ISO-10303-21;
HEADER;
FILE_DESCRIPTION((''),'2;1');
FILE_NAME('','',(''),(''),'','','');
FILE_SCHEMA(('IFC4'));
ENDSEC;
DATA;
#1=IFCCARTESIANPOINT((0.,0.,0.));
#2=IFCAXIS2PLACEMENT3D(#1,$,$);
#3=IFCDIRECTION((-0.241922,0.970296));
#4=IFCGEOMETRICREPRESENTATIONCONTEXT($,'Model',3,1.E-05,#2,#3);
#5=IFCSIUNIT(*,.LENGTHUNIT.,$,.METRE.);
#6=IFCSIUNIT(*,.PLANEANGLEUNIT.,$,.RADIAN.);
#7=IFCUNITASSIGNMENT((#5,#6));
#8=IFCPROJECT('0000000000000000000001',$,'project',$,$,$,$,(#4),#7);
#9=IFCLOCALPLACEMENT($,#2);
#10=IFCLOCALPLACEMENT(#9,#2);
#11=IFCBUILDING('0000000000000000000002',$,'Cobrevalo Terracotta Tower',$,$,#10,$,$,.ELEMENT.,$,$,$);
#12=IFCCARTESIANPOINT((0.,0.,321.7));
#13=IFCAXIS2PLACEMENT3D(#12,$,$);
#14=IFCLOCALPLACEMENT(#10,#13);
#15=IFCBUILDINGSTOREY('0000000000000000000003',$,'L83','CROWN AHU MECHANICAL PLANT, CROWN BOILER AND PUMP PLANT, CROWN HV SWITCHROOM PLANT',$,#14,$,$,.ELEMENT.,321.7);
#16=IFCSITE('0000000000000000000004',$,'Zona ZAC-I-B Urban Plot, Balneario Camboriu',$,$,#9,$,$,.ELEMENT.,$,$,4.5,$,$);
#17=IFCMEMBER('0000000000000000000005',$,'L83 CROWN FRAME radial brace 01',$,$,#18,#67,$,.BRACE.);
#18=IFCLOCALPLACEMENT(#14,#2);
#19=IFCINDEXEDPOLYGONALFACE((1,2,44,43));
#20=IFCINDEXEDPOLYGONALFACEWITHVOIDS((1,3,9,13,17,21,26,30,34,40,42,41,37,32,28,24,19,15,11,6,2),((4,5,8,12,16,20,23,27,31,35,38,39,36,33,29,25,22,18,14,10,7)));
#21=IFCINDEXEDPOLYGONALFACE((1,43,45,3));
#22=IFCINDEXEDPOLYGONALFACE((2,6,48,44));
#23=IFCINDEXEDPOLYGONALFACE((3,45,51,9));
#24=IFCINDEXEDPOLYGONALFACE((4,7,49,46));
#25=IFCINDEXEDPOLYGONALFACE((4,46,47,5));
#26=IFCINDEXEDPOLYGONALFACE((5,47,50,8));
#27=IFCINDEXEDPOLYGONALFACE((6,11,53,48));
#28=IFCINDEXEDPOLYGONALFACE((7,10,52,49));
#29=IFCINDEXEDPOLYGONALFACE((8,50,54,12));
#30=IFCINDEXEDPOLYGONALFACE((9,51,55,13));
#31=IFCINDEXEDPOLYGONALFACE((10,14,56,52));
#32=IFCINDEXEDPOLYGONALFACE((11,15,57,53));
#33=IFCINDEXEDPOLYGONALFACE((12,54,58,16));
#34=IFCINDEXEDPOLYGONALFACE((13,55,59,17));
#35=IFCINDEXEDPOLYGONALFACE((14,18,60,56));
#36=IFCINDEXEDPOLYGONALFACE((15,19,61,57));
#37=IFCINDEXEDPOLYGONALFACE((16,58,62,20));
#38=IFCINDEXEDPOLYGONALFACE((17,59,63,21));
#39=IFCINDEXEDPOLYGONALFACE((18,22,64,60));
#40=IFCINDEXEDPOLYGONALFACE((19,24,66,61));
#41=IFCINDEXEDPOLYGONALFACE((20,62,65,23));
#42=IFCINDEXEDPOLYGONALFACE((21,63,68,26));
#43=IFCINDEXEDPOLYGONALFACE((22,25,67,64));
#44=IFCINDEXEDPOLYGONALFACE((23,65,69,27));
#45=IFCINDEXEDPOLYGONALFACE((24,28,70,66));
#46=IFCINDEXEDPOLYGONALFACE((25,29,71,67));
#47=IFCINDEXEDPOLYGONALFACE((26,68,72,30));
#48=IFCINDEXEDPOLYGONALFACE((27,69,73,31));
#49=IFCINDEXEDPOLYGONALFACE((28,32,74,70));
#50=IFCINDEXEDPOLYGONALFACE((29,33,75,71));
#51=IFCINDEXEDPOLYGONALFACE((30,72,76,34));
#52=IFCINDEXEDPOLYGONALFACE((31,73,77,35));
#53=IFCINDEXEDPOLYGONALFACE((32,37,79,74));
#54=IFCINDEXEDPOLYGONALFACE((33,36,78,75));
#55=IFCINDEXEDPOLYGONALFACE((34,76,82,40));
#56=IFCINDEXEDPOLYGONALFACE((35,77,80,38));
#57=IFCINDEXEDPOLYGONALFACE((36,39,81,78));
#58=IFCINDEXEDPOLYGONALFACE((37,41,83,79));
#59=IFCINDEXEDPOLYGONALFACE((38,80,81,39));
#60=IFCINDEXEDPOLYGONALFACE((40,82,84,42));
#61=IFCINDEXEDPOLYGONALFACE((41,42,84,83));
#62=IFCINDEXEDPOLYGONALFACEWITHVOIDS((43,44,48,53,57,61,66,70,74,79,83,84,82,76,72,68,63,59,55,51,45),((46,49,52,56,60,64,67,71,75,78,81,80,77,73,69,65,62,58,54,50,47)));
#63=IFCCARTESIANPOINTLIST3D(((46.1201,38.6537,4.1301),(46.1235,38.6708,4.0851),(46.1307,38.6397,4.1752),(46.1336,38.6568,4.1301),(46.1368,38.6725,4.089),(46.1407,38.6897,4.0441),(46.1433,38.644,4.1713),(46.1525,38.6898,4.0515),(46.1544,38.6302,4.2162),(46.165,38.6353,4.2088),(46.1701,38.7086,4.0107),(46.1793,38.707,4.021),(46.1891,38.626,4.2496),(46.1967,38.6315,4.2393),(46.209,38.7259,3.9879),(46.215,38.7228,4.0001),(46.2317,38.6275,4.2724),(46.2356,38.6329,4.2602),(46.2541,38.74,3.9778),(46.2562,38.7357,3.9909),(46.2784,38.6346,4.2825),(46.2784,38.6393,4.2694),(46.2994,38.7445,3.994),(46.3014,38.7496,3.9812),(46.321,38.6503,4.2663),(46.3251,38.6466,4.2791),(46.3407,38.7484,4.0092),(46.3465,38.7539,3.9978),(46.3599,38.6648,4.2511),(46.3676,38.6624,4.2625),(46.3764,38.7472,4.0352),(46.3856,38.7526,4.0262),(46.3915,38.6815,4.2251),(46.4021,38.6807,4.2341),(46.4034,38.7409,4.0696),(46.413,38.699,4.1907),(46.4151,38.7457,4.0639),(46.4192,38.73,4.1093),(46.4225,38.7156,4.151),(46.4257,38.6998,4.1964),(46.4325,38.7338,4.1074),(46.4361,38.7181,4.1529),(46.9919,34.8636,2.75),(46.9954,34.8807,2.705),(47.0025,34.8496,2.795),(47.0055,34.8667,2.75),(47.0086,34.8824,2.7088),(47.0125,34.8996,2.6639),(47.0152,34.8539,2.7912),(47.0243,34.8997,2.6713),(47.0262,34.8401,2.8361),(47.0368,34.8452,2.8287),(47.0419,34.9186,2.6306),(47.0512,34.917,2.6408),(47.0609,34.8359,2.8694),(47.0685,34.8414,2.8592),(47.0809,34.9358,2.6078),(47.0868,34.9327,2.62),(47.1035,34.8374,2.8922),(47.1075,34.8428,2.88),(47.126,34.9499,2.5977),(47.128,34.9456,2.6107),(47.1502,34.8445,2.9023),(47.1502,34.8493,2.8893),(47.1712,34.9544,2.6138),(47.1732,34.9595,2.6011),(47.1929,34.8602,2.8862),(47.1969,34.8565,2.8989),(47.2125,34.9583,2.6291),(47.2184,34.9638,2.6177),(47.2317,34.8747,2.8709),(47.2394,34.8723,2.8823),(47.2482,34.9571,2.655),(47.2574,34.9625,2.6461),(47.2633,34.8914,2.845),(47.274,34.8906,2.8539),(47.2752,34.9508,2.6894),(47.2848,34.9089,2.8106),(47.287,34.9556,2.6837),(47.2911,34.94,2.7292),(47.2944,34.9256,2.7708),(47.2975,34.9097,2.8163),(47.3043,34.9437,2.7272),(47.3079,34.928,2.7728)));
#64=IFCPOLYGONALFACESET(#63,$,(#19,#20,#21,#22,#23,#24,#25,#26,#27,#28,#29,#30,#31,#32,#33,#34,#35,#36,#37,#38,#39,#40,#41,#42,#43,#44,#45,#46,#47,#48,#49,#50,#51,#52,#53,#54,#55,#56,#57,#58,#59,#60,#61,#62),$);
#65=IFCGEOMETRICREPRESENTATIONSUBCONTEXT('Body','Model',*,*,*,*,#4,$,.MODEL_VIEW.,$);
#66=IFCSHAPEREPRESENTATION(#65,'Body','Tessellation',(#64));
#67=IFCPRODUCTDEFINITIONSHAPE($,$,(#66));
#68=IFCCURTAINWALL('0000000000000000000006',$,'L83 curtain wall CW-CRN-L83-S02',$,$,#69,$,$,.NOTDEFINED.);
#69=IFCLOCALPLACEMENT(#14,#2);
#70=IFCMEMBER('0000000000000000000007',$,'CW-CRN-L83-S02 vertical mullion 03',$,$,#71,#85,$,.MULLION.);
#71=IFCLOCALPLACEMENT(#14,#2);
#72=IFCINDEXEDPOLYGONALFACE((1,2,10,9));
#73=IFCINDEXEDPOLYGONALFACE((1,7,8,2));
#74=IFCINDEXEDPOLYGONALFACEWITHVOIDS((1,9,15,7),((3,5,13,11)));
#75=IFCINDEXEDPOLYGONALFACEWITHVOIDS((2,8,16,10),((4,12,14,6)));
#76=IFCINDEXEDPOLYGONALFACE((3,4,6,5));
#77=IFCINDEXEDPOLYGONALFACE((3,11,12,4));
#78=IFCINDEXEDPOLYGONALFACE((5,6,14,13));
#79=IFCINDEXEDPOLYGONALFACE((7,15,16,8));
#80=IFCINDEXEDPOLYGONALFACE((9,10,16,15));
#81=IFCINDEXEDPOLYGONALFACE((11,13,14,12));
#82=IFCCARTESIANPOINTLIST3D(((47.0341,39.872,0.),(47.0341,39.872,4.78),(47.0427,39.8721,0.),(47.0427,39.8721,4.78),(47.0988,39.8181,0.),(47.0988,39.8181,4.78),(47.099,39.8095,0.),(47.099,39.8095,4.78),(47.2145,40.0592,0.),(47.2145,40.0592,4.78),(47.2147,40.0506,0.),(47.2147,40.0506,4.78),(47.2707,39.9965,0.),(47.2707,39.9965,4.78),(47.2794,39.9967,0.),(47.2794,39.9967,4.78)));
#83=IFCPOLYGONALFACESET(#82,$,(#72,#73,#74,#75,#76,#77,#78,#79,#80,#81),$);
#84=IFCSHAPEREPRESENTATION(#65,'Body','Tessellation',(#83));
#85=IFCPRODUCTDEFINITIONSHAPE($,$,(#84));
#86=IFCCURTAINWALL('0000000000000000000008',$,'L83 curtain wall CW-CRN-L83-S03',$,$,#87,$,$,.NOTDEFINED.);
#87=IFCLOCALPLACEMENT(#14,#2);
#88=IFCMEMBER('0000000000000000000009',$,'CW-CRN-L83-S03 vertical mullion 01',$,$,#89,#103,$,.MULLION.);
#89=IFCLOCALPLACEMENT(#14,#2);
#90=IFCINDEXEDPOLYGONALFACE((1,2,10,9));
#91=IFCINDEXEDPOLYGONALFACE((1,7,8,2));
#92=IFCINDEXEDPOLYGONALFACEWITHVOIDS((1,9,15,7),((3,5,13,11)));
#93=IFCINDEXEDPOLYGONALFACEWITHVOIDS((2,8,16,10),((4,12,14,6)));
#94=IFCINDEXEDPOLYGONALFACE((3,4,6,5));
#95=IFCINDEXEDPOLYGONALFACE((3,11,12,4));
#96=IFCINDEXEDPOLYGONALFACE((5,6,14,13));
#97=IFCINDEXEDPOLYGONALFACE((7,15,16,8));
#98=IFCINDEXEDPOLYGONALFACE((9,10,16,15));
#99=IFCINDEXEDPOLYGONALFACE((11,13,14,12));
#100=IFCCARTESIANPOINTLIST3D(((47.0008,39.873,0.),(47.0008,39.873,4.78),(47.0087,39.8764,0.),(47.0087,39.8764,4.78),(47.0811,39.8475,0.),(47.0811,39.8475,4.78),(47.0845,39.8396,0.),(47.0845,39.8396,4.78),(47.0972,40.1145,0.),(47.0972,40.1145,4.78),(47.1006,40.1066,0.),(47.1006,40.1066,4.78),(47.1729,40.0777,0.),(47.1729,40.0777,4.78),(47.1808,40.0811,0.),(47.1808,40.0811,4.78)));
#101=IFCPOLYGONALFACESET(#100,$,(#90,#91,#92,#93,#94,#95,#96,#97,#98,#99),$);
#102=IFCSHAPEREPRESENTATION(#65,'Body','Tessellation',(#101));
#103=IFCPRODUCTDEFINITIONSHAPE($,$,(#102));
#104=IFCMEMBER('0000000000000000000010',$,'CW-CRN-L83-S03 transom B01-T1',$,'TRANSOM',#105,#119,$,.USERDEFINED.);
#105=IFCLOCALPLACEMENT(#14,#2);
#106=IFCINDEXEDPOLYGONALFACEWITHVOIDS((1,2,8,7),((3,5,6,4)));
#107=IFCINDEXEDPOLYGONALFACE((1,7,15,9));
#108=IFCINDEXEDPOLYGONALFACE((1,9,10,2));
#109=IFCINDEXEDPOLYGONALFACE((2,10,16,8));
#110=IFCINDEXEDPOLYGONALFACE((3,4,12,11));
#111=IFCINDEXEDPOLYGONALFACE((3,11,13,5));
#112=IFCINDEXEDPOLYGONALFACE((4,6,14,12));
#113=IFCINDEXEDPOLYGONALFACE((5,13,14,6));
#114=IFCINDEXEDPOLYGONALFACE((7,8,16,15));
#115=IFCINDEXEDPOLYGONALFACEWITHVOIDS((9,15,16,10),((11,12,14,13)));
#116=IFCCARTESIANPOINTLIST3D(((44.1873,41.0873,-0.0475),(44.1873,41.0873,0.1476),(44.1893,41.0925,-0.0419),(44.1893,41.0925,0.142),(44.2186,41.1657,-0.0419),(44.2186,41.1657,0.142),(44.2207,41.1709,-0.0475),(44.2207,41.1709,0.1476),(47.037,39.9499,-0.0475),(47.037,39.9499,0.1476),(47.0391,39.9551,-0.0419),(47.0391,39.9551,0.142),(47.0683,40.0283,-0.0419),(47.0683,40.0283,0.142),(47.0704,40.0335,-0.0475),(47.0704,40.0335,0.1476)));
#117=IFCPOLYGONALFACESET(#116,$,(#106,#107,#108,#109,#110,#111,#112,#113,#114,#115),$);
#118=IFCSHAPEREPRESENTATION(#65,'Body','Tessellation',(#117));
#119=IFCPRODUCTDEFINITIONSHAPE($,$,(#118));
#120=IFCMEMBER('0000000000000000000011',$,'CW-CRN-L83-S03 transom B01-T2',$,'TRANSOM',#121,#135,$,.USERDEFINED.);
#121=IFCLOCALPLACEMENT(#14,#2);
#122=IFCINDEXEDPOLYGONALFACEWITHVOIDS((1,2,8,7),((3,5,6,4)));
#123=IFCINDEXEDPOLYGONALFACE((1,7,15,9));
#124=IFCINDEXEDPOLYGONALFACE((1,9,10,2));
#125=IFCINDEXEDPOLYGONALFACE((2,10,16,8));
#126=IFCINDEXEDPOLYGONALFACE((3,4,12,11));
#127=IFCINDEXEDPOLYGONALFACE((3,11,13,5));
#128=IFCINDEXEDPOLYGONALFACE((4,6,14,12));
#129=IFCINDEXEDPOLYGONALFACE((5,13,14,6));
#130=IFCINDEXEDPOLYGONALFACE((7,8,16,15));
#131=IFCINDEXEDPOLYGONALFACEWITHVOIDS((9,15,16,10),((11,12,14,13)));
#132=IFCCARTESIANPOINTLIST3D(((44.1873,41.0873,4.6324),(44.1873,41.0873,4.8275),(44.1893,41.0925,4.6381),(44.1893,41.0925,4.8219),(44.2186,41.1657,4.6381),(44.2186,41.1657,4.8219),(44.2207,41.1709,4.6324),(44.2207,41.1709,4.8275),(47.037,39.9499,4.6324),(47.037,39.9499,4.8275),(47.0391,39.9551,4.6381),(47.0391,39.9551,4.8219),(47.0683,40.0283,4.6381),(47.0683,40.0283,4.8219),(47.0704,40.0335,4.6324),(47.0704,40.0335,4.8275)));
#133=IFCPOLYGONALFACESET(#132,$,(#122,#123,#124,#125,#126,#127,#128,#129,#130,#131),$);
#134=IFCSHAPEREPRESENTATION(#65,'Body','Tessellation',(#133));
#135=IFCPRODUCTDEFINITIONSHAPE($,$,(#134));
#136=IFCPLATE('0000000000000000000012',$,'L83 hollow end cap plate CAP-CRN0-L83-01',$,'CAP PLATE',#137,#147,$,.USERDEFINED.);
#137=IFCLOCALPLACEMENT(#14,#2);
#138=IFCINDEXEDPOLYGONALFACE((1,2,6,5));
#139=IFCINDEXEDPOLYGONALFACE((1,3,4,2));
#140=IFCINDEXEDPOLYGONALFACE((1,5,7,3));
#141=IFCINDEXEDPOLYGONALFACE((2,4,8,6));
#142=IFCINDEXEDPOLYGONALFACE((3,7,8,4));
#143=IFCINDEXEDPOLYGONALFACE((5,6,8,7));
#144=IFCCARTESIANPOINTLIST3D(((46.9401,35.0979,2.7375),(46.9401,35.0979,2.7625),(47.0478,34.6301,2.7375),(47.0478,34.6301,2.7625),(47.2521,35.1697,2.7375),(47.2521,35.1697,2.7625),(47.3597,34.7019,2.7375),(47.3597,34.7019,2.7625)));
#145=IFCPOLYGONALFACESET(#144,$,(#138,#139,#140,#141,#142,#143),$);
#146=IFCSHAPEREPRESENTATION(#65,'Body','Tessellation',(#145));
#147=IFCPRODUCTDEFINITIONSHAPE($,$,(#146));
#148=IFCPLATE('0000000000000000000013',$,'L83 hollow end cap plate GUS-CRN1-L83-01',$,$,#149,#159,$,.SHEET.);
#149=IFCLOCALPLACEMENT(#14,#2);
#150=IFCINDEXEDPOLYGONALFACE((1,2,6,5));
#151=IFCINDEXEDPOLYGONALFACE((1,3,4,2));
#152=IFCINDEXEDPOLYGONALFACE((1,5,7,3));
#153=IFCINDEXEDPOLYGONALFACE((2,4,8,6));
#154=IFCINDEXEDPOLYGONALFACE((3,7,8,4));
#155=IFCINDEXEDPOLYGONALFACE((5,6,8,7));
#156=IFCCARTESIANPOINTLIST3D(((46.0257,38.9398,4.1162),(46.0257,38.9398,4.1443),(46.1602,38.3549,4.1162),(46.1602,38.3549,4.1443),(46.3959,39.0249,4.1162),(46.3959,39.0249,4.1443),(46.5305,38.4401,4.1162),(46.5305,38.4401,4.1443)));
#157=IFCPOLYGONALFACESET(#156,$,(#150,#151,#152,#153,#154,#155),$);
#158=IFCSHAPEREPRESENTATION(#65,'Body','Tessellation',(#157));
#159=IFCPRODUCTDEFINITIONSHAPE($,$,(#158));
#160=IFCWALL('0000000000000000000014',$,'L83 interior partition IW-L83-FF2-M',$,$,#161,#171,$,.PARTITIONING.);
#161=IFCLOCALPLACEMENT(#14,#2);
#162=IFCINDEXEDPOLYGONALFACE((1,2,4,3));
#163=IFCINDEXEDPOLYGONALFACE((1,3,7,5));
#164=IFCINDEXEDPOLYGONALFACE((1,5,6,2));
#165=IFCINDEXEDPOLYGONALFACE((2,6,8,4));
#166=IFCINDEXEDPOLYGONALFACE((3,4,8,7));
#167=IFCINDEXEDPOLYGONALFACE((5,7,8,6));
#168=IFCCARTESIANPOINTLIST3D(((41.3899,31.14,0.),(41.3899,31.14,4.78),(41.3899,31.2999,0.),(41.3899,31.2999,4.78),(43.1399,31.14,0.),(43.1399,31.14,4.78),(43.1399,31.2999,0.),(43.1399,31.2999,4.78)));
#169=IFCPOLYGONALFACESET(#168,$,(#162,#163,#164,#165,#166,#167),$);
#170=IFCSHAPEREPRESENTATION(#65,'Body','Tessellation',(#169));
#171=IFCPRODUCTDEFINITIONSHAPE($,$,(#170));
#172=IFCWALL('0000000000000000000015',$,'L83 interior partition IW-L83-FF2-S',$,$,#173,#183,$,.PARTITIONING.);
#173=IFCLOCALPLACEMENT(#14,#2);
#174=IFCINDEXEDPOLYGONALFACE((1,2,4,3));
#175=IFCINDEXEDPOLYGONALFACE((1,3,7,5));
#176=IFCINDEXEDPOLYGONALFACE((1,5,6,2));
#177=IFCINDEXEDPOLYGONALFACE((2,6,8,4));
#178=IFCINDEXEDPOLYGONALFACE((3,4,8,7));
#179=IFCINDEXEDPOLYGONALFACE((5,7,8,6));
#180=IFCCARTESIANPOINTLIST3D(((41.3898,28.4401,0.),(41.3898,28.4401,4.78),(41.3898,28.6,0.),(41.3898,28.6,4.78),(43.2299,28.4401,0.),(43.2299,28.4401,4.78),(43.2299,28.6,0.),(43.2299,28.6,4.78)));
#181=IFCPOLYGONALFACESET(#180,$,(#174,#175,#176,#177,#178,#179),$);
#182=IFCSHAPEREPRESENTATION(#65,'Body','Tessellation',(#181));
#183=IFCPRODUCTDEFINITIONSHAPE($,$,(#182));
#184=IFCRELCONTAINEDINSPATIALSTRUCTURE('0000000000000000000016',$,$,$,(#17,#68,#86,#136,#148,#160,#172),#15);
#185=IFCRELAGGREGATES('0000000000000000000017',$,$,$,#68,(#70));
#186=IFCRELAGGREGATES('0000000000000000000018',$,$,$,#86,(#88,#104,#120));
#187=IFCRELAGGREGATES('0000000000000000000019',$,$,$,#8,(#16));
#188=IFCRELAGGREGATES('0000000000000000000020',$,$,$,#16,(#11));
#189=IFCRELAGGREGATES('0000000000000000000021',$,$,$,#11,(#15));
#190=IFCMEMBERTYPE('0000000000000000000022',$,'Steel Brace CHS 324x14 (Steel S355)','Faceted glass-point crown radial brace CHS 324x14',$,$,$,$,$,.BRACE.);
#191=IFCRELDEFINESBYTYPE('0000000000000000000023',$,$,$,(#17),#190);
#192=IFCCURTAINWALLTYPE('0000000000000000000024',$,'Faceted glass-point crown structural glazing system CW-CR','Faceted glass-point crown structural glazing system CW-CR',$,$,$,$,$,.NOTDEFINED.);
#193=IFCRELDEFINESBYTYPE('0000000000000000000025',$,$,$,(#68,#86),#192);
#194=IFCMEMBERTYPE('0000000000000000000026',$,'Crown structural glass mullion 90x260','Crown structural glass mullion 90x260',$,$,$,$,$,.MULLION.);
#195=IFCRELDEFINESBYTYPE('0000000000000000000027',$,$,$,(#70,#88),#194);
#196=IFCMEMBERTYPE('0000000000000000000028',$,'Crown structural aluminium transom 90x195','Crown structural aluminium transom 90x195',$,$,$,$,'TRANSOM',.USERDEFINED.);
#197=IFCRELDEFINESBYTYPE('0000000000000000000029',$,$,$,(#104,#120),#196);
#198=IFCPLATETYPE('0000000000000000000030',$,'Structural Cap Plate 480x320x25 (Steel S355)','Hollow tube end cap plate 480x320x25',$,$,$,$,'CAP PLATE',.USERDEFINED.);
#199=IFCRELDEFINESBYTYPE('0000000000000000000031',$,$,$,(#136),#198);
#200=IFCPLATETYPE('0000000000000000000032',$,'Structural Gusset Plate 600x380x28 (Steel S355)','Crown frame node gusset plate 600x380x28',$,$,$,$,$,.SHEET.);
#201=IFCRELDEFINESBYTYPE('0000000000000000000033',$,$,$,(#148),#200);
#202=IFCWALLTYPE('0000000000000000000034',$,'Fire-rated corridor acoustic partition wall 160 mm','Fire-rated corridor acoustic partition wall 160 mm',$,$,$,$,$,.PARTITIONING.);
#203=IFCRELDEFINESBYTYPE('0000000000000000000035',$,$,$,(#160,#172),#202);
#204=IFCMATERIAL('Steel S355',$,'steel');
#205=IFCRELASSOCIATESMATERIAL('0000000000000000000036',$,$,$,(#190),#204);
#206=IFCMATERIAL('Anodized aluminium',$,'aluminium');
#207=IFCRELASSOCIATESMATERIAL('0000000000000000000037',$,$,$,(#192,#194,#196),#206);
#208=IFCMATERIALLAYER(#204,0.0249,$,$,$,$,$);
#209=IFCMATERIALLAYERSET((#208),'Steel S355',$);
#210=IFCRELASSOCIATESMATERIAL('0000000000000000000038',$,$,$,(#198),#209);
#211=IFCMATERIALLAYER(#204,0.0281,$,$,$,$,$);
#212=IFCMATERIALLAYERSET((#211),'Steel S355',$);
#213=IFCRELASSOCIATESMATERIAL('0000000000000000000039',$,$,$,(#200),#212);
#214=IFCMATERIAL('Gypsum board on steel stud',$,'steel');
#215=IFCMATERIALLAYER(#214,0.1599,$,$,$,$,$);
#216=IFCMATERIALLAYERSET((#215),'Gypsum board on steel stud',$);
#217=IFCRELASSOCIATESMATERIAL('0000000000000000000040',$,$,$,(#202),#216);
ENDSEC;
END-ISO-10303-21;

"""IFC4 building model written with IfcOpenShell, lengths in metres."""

from ifc_helpers import new_model, si_unit, direction, frame, frame_2d, origin, origin_2d, place, context, subcontext, project, spatial, rectangle, hollow_rectangle, hollow_circle, extrude, source, transform, mapped, material, layer, layer_set, material_profile, profile_set, type_object, element, aggregate, save


model = new_model("IFC4")

# Units and contexts
model_context = context("Model", 3, precision=1e-05, world=origin(), true_north=direction((-0.241922, 0.970296)))
body_context = subcontext(model_context, "Body", "Model", "MODEL_VIEW")
ifc_project = project(units=[si_unit("LENGTHUNIT", "METRE"), si_unit("PLANEANGLEUNIT", "RADIAN")], contexts=[model_context])

# Site, building, storey
site_placement = place(None, origin())
site = spatial("IfcSite", under=ifc_project, at=site_placement, Name="Zona ZAC-I-B Urban Plot, Balneario Camboriu", CompositionType="ELEMENT", RefElevation=4.5)
building_placement = place(site_placement, origin())
building = spatial("IfcBuilding", under=site, at=building_placement, Name="Cobrevalo Terracotta Tower", CompositionType="ELEMENT")
storey_placement = place(building_placement, frame((0.0, 0.0, 321.7)))
storey = spatial("IfcBuildingStorey", under=building, at=storey_placement, Name="L83", Description="CROWN AHU MECHANICAL PLANT, CROWN BOILER AND PUMP PLANT, CROWN HV SWITCHROOM PLANT", CompositionType="ELEMENT", Elevation=321.7)

# Shared definitions
ifc_material_1 = material(Name="Steel S355", Category="steel")

# Member
ifc_material_profile_1 = material_profile(ifc_material_1, hollow_circle(Radius=0.1621, WallThickness=0.0139, at=origin_2d()), Name="CHS 324x14")
ifc_profile_set_1 = profile_set([ifc_material_profile_1], Name="Steel S355")
member_type_1 = type_object("IfcMemberType", Name="Steel Brace CHS 324x14 (Steel S355)", Description="Faceted glass-point crown radial brace CHS 324x14", PredefinedType="BRACE", material=ifc_profile_set_1)
shared_shape_1 = source(origin(), body_context, "Body", "SweptSolid", [
    extrude(hollow_circle(Radius=0.1621, WallThickness=0.0139, at=origin_2d()), origin(), (0.0, 0.0, 1.0), 4.1267),
])
member_1_placement = place(storey_placement, frame((47.1499, 34.8999, 2.75), z_axis=(-0.211267, 0.91843, 0.334443), x_axis=(-0.974549, -0.224176, 0.0)))
element("IfcMember", 1, at=member_1_placement, inside=storey, type_object=member_type_1, Name="L83 CROWN FRAME radial brace 01", PredefinedType="BRACE", context=body_context, shape_type="MappedRepresentation", body=[
    mapped(shared_shape_1, transform((0.0, 0.0, 0.0), scale=1.0)),
])

# Curtain wall, member
ifc_material_2 = material(Name="Anodized aluminium", Category="aluminium")
curtain_wall_type = type_object("IfcCurtainWallType", Name="Faceted glass-point crown structural glazing system CW-CR", Description="Faceted glass-point crown structural glazing system CW-CR", PredefinedType="NOTDEFINED", material=ifc_material_2)
curtain_wall_1_placement = place(storey_placement, origin())
curtain_wall_1 = element("IfcCurtainWall", 2, at=curtain_wall_1_placement, inside=storey, type_object=curtain_wall_type, Name="L83 curtain wall CW-CRN-L83-S02", PredefinedType="NOTDEFINED")
ifc_material_profile_2 = material_profile(ifc_material_2, hollow_rectangle(XDim=0.0901, YDim=0.26, WallThickness=0.0061, at=origin_2d()), Name="CWM 90x260")
ifc_profile_set_2 = profile_set([ifc_material_profile_2], Name="Anodized aluminium")
member_type_2 = type_object("IfcMemberType", Name="Crown structural glass mullion 90x260", Description="Crown structural glass mullion 90x260", PredefinedType="MULLION", material=ifc_profile_set_2)
shared_shape_2 = source(origin(), body_context, "Body", "SweptSolid", [
    extrude(hollow_rectangle(XDim=0.0901, YDim=0.26, WallThickness=0.0061, at=origin_2d()), origin(), (0.0, 0.0, 1.0), 4.78),
])
member_2_placement = place(storey_placement, frame((47.1567, 39.9343, 0.0), z_axis=(0.0, 0.0, 1.0), x_axis=(-0.72014, 0.693829, 0.0)))
member_2 = element("IfcMember", 3, at=member_2_placement, type_object=member_type_2, Name="CW-CRN-L83-S02 vertical mullion 03", PredefinedType="MULLION", context=body_context, shape_type="MappedRepresentation", body=[
    mapped(shared_shape_2, transform((0.0, 0.0, 0.0), scale=1.0)),
])
aggregate(curtain_wall_1, [member_2])

# Curtain wall, members
curtain_wall_2_placement = place(storey_placement, origin())
curtain_wall_2 = element("IfcCurtainWall", 4, at=curtain_wall_2_placement, inside=storey, type_object=curtain_wall_type, Name="L83 curtain wall CW-CRN-L83-S03", PredefinedType="NOTDEFINED")
member_3_placement = place(storey_placement, frame((47.0908, 39.9771, 0.0), z_axis=(0.0, 0.0, 1.0), x_axis=(-0.928771, 0.370655, 0.0)))
member_3 = element("IfcMember", 5, at=member_3_placement, type_object=member_type_2, Name="CW-CRN-L83-S03 vertical mullion 01", PredefinedType="MULLION", context=body_context, shape_type="MappedRepresentation", body=[
    mapped(shared_shape_2, transform((0.0, 0.0, 0.0), scale=1.0)),
])
ifc_material_profile_3 = material_profile(ifc_material_2, hollow_rectangle(XDim=0.0901, YDim=0.1951, WallThickness=0.0056, at=origin_2d()), Name="CWT 90x195")
ifc_profile_set_3 = profile_set([ifc_material_profile_3], Name="Anodized aluminium")
member_type_3 = type_object("IfcMemberType", Name="Crown structural aluminium transom 90x195", Description="Crown structural aluminium transom 90x195", ElementType="TRANSOM", PredefinedType="USERDEFINED", material=ifc_profile_set_3)
shared_shape_3 = source(origin(), body_context, "Body", "SweptSolid", [
    extrude(hollow_rectangle(XDim=0.0901, YDim=0.1951, WallThickness=0.0056, at=origin_2d()), origin(), (0.0, 0.0, 1.0), 3.0684),
])
member_4_placement = place(storey_placement, frame((47.0537, 39.9917, 0.05), z_axis=(-0.928756, 0.370691, 0.0), x_axis=(-0.370691, -0.928756, 0.0)))
member_4 = element("IfcMember", 6, at=member_4_placement, type_object=member_type_3, Name="CW-CRN-L83-S03 transom B01-T1", ObjectType="TRANSOM", PredefinedType="USERDEFINED", context=body_context, shape_type="MappedRepresentation", body=[
    mapped(shared_shape_3, transform((0.0, 0.0, 0.0), scale=1.0)),
])
member_5_placement = place(storey_placement, frame((47.0537, 39.9917, 4.73), z_axis=(-0.928756, 0.370691, 0.0), x_axis=(-0.370691, -0.928756, 0.0)))
member_5 = element("IfcMember", 7, at=member_5_placement, type_object=member_type_3, Name="CW-CRN-L83-S03 transom B01-T2", ObjectType="TRANSOM", PredefinedType="USERDEFINED", context=body_context, shape_type="MappedRepresentation", body=[
    mapped(shared_shape_3, transform((0.0, 0.0, 0.0), scale=1.0)),
])
aggregate(curtain_wall_2, [member_3, member_4, member_5])

# Plates
ifc_layer_1 = layer(ifc_material_1, 0.0249)
ifc_layer_set_1 = layer_set([ifc_layer_1], Name="Steel S355")
plate_type_1 = type_object("IfcPlateType", Name="Structural Cap Plate 480x320x25 (Steel S355)", Description="Hollow tube end cap plate 480x320x25", ElementType="CAP PLATE", PredefinedType="USERDEFINED", material=ifc_layer_set_1)
shared_shape_4 = source(origin(), body_context, "Body", "SweptSolid", [
    extrude(rectangle(XDim=0.48, YDim=0.3201, at=origin_2d()), origin(), (0.0, 0.0, 1.0), 0.0249),
])
plate_1_placement = place(storey_placement, frame((47.1499, 34.8999, 2.7375), z_axis=(0.0, 0.0, 1.0), x_axis=(-0.224221, 0.974538, 0.0)))
element("IfcPlate", 8, at=plate_1_placement, inside=storey, type_object=plate_type_1, Name="L83 hollow end cap plate CAP-CRN0-L83-01", ObjectType="CAP PLATE", PredefinedType="USERDEFINED", context=body_context, shape_type="MappedRepresentation", body=[
    mapped(shared_shape_4, transform((0.0, 0.0, 0.0), scale=1.0)),
])
ifc_layer_2 = layer(ifc_material_1, 0.0281)
ifc_layer_set_2 = layer_set([ifc_layer_2], Name="Steel S355")
plate_type_2 = type_object("IfcPlateType", Name="Structural Gusset Plate 600x380x28 (Steel S355)", Description="Crown frame node gusset plate 600x380x28", PredefinedType="SHEET", material=ifc_layer_set_2)
shared_shape_5 = source(origin(), body_context, "Body", "SweptSolid", [
    extrude(rectangle(XDim=0.6001, YDim=0.3799, at=origin_2d()), origin(), (0.0, 0.0, 1.0), 0.0281),
])
plate_2_placement = place(storey_placement, frame((46.2781, 38.6899, 4.1162), z_axis=(0.0, 0.0, 1.0), x_axis=(-0.224221, 0.974538, 0.0)))
element("IfcPlate", 9, at=plate_2_placement, inside=storey, type_object=plate_type_2, Name="L83 hollow end cap plate GUS-CRN1-L83-01", PredefinedType="SHEET", context=body_context, shape_type="MappedRepresentation", body=[
    mapped(shared_shape_5, transform((0.0, 0.0, 0.0), scale=1.0)),
])

# Walls
ifc_material_3 = material(Name="Gypsum board on steel stud", Category="steel")
ifc_layer_3 = layer(ifc_material_3, 0.1599)
ifc_layer_set_3 = layer_set([ifc_layer_3], Name="Gypsum board on steel stud")
wall_type_1 = type_object("IfcWallType", Name="Fire-rated corridor acoustic partition wall 160 mm", Description="Fire-rated corridor acoustic partition wall 160 mm", PredefinedType="PARTITIONING", material=ifc_layer_set_3)
wall_1_placement = place(storey_placement, frame((41.3899, 31.22, 0.0), z_axis=(0.0, 0.0, 1.0), x_axis=(1.0, 0.0, 0.0)))
element("IfcWall", 10, at=wall_1_placement, inside=storey, type_object=wall_type_1, Name="L83 interior partition IW-L83-FF2-M", PredefinedType="PARTITIONING", context=body_context, shape_type="SweptSolid", body=[
    extrude(rectangle(XDim=1.75, YDim=0.1599, at=frame_2d((0.875, 0.0))), origin(), (0.0, 0.0, 1.0), 4.78),
])
wall_2_placement = place(storey_placement, frame((41.3899, 28.52, 0.0), z_axis=(0.0, 0.0, 1.0), x_axis=(1.0, 0.0, 0.0)))
element("IfcWall", 11, at=wall_2_placement, inside=storey, type_object=wall_type_1, Name="L83 interior partition IW-L83-FF2-S", PredefinedType="PARTITIONING", context=body_context, shape_type="SweptSolid", body=[
    extrude(rectangle(XDim=1.8401, YDim=0.1599, at=frame_2d((0.9199, 0.0))), origin(), (0.0, 0.0, 1.0), 4.78),
])

save(model, "model.ifc")
